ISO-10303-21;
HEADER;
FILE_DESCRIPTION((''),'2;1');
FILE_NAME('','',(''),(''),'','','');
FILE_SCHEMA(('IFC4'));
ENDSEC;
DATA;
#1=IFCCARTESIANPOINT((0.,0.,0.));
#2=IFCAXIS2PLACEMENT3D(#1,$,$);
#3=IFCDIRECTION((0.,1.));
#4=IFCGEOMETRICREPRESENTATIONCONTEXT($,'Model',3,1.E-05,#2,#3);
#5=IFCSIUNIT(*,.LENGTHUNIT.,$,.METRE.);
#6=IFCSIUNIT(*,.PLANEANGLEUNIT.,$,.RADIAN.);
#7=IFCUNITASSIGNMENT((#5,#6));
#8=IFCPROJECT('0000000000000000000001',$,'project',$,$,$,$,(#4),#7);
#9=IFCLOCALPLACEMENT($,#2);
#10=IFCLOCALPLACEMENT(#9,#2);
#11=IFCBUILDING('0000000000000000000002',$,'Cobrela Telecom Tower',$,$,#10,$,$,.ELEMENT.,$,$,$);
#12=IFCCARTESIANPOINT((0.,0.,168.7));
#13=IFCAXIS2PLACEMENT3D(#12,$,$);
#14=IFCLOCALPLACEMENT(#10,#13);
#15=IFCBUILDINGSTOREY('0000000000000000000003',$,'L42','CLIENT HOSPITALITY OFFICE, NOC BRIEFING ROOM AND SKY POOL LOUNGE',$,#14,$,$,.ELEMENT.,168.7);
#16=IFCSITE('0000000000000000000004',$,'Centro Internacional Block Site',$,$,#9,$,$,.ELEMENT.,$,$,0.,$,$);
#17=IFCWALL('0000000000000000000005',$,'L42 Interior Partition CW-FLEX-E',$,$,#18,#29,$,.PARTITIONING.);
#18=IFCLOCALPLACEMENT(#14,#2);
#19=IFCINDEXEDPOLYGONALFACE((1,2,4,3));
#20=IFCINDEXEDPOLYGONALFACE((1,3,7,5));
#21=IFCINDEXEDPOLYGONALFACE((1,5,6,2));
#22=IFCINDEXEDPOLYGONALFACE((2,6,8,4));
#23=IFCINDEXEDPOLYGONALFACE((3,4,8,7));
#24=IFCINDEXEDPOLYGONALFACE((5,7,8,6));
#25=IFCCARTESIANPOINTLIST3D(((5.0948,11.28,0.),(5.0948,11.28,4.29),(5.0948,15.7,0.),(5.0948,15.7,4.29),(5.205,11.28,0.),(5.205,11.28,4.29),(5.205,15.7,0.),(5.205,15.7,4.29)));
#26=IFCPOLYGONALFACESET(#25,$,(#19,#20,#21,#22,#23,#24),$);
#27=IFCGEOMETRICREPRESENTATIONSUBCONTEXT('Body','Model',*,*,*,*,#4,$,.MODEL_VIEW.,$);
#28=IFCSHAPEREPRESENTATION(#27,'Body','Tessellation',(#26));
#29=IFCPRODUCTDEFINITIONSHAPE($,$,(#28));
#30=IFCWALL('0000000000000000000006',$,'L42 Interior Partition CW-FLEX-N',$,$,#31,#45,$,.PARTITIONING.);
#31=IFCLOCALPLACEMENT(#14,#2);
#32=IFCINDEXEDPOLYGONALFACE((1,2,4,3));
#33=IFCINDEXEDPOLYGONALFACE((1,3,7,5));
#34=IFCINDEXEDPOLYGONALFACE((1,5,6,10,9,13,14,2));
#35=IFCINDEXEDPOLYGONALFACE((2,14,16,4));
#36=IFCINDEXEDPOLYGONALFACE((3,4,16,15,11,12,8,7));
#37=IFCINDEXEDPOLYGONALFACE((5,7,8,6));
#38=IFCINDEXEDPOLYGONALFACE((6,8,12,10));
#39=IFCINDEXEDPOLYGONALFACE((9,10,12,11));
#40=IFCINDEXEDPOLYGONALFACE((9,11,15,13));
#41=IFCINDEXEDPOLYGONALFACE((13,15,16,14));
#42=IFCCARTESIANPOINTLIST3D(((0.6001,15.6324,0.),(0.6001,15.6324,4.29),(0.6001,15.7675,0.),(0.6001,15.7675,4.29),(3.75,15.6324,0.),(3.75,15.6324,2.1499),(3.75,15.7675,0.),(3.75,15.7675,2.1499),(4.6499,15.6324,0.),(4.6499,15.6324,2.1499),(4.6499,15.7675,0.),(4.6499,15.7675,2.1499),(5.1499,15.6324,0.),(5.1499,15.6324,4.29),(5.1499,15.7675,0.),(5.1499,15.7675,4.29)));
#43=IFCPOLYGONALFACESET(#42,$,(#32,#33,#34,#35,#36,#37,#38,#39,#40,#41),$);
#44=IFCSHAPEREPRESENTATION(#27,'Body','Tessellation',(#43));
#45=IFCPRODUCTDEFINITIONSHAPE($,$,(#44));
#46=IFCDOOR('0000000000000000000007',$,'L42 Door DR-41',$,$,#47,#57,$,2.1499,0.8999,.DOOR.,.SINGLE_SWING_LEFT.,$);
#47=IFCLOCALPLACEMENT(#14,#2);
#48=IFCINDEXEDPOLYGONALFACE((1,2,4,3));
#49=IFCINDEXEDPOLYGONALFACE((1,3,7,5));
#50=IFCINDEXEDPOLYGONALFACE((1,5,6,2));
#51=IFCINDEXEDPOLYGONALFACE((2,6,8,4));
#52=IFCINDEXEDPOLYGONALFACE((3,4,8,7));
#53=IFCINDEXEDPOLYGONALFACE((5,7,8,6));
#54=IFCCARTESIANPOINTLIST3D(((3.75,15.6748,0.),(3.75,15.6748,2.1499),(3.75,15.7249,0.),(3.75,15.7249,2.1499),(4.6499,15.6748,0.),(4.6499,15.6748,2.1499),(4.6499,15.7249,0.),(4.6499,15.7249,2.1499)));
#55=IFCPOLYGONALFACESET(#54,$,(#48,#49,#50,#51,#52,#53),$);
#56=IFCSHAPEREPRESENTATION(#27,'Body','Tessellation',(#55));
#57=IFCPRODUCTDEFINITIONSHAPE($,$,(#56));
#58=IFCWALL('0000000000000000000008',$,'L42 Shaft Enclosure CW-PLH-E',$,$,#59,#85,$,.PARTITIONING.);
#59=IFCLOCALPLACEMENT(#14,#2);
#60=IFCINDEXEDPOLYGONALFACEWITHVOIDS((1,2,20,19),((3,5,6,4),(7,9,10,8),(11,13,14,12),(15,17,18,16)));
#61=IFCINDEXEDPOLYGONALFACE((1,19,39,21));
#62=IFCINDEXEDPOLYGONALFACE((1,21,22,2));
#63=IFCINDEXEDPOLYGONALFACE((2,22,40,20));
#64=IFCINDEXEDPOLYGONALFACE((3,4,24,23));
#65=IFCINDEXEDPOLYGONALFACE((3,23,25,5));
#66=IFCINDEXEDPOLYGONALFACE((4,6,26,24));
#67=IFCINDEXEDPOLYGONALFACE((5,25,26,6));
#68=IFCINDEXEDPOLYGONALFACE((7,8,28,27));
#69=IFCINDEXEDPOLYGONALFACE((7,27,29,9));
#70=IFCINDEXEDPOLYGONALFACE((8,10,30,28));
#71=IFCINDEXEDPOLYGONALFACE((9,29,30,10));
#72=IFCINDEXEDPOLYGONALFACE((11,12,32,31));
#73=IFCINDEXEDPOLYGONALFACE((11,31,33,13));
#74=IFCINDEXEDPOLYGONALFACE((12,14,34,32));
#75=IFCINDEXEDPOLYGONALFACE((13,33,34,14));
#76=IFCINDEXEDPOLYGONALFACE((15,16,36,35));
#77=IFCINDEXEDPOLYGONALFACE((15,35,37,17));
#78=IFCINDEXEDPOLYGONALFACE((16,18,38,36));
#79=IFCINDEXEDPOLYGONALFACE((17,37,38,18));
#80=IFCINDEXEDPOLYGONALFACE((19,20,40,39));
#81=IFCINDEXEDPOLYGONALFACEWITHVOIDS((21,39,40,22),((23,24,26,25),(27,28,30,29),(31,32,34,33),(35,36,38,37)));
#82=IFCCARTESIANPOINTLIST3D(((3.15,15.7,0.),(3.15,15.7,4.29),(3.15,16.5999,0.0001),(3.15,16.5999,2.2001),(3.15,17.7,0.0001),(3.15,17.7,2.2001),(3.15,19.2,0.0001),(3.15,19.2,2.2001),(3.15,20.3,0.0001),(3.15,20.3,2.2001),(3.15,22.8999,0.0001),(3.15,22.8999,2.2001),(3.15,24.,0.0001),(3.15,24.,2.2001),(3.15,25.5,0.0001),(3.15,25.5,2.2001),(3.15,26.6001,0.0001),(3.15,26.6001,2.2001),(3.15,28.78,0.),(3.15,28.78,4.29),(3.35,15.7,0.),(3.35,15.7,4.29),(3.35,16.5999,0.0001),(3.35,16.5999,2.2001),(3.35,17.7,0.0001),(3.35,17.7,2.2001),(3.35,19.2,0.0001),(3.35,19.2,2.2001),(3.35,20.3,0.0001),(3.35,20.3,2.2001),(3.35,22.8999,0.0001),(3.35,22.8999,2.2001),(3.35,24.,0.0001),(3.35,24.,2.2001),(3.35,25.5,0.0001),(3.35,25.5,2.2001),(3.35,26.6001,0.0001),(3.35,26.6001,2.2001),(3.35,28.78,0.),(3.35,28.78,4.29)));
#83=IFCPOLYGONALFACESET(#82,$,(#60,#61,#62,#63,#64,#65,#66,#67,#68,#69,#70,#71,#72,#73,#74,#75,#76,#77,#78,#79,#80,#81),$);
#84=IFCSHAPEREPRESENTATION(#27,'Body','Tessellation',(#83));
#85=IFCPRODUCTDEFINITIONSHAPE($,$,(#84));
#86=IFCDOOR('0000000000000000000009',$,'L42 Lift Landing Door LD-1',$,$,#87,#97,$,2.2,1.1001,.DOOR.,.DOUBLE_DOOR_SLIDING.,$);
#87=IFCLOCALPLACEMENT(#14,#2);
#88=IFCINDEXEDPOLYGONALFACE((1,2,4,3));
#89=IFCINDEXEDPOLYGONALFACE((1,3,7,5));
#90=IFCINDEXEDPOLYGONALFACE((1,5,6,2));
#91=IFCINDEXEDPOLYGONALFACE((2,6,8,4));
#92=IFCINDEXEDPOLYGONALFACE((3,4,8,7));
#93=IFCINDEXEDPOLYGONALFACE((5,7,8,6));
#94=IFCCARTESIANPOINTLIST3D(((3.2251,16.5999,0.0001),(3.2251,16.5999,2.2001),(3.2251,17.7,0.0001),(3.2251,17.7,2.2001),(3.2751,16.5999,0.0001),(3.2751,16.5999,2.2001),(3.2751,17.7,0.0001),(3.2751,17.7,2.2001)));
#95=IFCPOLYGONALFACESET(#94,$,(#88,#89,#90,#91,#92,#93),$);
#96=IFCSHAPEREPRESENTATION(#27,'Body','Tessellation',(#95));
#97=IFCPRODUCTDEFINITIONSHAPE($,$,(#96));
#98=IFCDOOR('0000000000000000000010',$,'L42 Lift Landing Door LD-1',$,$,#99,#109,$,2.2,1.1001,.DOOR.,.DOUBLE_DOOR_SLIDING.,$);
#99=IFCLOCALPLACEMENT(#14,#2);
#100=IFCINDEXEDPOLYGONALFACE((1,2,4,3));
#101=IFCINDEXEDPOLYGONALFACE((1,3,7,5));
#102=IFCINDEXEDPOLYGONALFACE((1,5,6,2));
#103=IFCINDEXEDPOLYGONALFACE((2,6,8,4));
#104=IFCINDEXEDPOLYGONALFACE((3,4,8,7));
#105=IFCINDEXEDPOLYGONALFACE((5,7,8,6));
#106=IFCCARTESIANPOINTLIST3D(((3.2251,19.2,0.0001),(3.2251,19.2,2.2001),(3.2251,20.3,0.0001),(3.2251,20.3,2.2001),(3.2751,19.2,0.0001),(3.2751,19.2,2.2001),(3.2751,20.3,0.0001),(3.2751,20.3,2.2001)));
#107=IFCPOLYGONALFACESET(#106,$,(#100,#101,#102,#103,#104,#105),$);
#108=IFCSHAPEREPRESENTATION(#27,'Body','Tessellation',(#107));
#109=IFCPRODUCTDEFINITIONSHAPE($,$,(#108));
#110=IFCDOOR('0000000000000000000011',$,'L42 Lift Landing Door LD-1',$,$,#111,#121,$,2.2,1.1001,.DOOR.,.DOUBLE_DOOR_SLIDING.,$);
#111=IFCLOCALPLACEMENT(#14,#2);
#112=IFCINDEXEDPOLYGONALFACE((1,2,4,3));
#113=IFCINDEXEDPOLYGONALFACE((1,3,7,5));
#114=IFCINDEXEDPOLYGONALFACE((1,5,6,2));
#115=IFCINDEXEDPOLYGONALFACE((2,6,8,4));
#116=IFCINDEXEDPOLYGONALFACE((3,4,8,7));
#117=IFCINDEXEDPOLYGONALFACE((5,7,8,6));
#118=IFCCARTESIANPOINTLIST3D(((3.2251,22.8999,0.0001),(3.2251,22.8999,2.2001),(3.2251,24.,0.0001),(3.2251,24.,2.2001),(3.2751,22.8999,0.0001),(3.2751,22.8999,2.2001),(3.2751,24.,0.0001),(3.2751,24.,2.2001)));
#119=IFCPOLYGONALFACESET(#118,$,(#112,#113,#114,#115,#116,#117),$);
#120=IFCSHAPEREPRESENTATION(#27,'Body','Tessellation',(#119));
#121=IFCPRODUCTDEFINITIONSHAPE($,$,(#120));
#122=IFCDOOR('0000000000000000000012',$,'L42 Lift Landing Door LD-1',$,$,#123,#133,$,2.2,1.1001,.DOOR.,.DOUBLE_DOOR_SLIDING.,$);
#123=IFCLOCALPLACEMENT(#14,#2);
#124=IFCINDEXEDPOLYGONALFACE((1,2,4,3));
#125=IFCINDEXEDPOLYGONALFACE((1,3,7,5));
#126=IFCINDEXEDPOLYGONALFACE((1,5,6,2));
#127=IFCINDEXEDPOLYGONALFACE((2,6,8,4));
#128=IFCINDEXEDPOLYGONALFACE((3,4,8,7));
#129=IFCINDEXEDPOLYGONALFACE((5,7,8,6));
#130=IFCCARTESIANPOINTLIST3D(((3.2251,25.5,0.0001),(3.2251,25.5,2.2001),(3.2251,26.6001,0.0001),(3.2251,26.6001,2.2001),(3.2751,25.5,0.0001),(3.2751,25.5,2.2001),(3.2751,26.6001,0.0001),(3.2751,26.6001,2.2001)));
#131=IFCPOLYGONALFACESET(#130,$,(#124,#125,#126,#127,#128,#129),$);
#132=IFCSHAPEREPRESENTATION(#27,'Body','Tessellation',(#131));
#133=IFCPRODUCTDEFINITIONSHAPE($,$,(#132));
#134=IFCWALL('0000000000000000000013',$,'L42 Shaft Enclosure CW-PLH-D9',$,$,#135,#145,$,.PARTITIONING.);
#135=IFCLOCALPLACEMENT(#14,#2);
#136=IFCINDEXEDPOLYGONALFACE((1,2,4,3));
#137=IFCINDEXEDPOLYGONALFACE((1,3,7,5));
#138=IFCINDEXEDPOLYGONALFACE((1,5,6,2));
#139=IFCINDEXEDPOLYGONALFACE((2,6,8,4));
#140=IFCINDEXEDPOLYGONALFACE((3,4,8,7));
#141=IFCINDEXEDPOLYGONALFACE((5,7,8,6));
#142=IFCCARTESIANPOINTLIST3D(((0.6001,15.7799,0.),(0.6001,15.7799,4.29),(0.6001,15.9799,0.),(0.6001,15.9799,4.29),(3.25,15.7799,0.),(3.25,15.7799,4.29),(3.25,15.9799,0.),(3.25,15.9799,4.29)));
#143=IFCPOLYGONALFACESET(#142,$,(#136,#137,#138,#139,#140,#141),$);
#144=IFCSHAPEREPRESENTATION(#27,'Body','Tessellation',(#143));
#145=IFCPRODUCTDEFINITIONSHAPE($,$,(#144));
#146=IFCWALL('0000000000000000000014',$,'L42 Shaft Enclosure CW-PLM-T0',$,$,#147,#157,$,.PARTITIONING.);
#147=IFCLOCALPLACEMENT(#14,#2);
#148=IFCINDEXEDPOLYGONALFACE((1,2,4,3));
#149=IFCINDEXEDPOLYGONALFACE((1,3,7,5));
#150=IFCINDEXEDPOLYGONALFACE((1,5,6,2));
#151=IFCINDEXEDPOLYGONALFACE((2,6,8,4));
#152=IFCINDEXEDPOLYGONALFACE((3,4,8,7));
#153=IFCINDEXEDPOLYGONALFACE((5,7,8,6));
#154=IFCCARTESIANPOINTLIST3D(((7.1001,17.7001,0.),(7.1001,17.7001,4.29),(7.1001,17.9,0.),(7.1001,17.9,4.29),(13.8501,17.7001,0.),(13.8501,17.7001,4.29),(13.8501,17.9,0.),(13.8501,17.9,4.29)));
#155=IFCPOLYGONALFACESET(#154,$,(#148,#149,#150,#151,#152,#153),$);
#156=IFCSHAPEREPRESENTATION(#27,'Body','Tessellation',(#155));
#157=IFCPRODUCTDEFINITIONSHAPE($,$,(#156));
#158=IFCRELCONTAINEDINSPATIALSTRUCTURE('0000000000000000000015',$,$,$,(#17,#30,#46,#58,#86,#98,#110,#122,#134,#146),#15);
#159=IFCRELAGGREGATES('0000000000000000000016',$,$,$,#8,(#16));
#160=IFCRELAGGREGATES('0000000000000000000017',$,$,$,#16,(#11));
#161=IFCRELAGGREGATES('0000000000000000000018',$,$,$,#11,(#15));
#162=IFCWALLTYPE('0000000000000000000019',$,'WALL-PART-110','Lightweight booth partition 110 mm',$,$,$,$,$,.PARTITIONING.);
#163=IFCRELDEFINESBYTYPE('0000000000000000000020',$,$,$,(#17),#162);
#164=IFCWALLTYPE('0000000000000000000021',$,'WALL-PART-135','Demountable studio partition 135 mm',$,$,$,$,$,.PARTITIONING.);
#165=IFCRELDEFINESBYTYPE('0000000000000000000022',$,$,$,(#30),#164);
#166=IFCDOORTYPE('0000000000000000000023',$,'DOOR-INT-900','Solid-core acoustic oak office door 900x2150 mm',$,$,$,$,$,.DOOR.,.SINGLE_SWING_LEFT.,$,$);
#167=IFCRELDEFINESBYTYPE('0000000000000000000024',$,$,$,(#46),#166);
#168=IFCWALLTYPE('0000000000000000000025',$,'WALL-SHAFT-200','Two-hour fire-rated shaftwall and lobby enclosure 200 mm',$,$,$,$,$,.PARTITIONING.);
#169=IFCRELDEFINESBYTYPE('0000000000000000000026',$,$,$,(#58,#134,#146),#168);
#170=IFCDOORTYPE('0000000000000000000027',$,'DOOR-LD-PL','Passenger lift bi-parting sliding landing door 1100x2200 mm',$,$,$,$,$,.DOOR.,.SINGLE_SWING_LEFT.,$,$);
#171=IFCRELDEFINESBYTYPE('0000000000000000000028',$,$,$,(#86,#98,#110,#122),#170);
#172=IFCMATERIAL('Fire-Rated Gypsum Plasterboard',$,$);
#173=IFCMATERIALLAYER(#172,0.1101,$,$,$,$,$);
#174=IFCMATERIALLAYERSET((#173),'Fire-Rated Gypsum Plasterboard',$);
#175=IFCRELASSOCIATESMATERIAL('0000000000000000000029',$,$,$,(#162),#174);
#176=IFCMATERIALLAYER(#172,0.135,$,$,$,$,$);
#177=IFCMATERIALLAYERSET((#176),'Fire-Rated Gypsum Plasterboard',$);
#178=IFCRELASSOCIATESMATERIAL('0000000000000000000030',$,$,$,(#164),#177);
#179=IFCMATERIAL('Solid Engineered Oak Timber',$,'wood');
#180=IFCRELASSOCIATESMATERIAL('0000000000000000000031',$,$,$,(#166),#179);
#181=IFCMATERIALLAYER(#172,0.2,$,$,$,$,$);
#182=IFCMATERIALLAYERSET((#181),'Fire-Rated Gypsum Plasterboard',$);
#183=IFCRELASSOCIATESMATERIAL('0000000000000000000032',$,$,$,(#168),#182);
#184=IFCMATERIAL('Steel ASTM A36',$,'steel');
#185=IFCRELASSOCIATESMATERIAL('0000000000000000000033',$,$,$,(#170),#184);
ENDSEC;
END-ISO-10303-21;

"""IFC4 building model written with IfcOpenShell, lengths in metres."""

from ifc_helpers import new_model, si_unit, direction, frame, frame_2d, origin, place, context, subcontext, project, spatial, rectangle, extrude, material, layer, layer_set, type_object, element, fill, save


model = new_model("IFC4")

# Units and contexts
model_context = context("Model", 3, precision=1e-05, world=origin(), true_north=direction((0.0, 1.0)))
body_context = subcontext(model_context, "Body", "Model", "MODEL_VIEW")
ifc_project = project(units=[si_unit("LENGTHUNIT", "METRE"), si_unit("PLANEANGLEUNIT", "RADIAN")], contexts=[model_context])

# Site, building, storey
site_placement = place(None, origin())
site = spatial("IfcSite", under=ifc_project, at=site_placement, Name="Centro Internacional Block Site", CompositionType="ELEMENT", RefElevation=0.0)
building_placement = place(site_placement, origin())
building = spatial("IfcBuilding", under=site, at=building_placement, Name="Cobrela Telecom Tower", CompositionType="ELEMENT")
storey_placement = place(building_placement, frame((0.0, 0.0, 168.7)))
storey = spatial("IfcBuildingStorey", under=building, at=storey_placement, Name="L42", Description="CLIENT HOSPITALITY OFFICE, NOC BRIEFING ROOM AND SKY POOL LOUNGE", CompositionType="ELEMENT", Elevation=168.7)

# Wall
ifc_material_1 = material(Name="Fire-Rated Gypsum Plasterboard")
ifc_layer_1 = layer(ifc_material_1, 0.1101)
ifc_layer_set_1 = layer_set([ifc_layer_1], Name="Fire-Rated Gypsum Plasterboard")
wall_type_1 = type_object("IfcWallType", Name="WALL-PART-110", Description="Lightweight booth partition 110 mm", PredefinedType="PARTITIONING", material=ifc_layer_set_1)
wall_1_placement = place(storey_placement, frame((5.1499, 11.28, 0.0), z_axis=(0.0, 0.0, 1.0), x_axis=(0.0, 1.0, 0.0)))
element("IfcWall", 1, at=wall_1_placement, inside=storey, type_object=wall_type_1, Name="L42 Interior Partition CW-FLEX-E", PredefinedType="PARTITIONING", context=body_context, shape_type="SweptSolid", body=[
    extrude(rectangle(XDim=4.4199, YDim=0.1101, at=frame_2d((2.21, 0.0))), origin(), (0.0, 0.0, 1.0), 4.29),
])

# Wall, opening, door
ifc_layer_2 = layer(ifc_material_1, 0.135)
ifc_layer_set_2 = layer_set([ifc_layer_2], Name="Fire-Rated Gypsum Plasterboard")
wall_type_2 = type_object("IfcWallType", Name="WALL-PART-135", Description="Demountable studio partition 135 mm", PredefinedType="PARTITIONING", material=ifc_layer_set_2)
wall_2_placement = place(storey_placement, frame((0.6001, 15.7, 0.0), z_axis=(0.0, 0.0, 1.0), x_axis=(1.0, 0.0, 0.0)))
wall_2 = element("IfcWall", 2, at=wall_2_placement, inside=storey, type_object=wall_type_2, Name="L42 Interior Partition CW-FLEX-N", PredefinedType="PARTITIONING", context=body_context, shape_type="SweptSolid", body=[
    extrude(rectangle(XDim=4.5498, YDim=0.135, at=frame_2d((2.2749, 0.0))), origin(), (0.0, 0.0, 1.0), 4.29),
])
opening_1_placement = place(wall_2_placement, frame((3.1499, 0.0, 0.0)))
opening_1 = element("IfcOpeningElement", 3, at=opening_1_placement, cuts=wall_2, PredefinedType="OPENING", context=body_context, shape_type="SweptSolid", body=[
    extrude(rectangle(XDim=0.8999, YDim=2.1499, at=frame_2d((0.45, 1.075))), frame((0.0, 0.0796, 0.0), z_axis=(0.0, -1.0, 0.0), x_axis=(1.0, 0.0, 0.0)), (0.0, 0.0, 1.0), 0.1589),
])
ifc_material_2 = material(Name="Solid Engineered Oak Timber", Category="wood")
door_type_1 = type_object("IfcDoorType", Name="DOOR-INT-900", Description="Solid-core acoustic oak office door 900x2150 mm", OperationType="SINGLE_SWING_LEFT", PredefinedType="DOOR", material=ifc_material_2)
door_1_placement = place(opening_1_placement, origin())
door_1 = element("IfcDoor", 4, at=door_1_placement, inside=storey, type_object=door_type_1, Name="L42 Door DR-41", OperationType="SINGLE_SWING_LEFT", OverallHeight=2.1499, OverallWidth=0.8999, PredefinedType="DOOR", context=body_context, shape_type="SweptSolid", body=[
    extrude(rectangle(XDim=0.8999, YDim=2.1499, at=frame_2d((0.45, 1.075))), frame((0.0, 0.0249, 0.0), z_axis=(0.0, -1.0, 0.0), x_axis=(1.0, 0.0, 0.0)), (0.0, 0.0, 1.0), 0.05),
])
fill(opening_1, door_1)

# Wall, openings, doors
ifc_layer_3 = layer(ifc_material_1, 0.2)
ifc_layer_set_3 = layer_set([ifc_layer_3], Name="Fire-Rated Gypsum Plasterboard")
wall_type_3 = type_object("IfcWallType", Name="WALL-SHAFT-200", Description="Two-hour fire-rated shaftwall and lobby enclosure 200 mm", PredefinedType="PARTITIONING", material=ifc_layer_set_3)
wall_3_placement = place(storey_placement, frame((3.25, 15.7, 0.0), z_axis=(0.0, 0.0, 1.0), x_axis=(0.0, 1.0, 0.0)))
wall_3 = element("IfcWall", 5, at=wall_3_placement, inside=storey, type_object=wall_type_3, Name="L42 Shaft Enclosure CW-PLH-E", PredefinedType="PARTITIONING", context=body_context, shape_type="SweptSolid", body=[
    extrude(rectangle(XDim=13.0801, YDim=0.2, at=frame_2d((6.54, 0.0))), origin(), (0.0, 0.0, 1.0), 4.29),
])
opening_2_placement = place(wall_3_placement, frame((0.8999, 0.0, 0.0)))
opening_2 = element("IfcOpeningElement", 6, at=opening_2_placement, cuts=wall_3, PredefinedType="OPENING", context=body_context, shape_type="SweptSolid", body=[
    extrude(rectangle(XDim=1.1001, YDim=2.2, at=frame_2d((0.55, 1.1001))), frame((0.0, 0.1118, 0.0), z_axis=(0.0, -1.0, 0.0), x_axis=(1.0, 0.0, 0.0)), (0.0, 0.0, 1.0), 0.2239),
])
opening_3_placement = place(wall_3_placement, frame((3.5, 0.0, 0.0)))
opening_3 = element("IfcOpeningElement", 7, at=opening_3_placement, cuts=wall_3, PredefinedType="OPENING", context=body_context, shape_type="SweptSolid", body=[
    extrude(rectangle(XDim=1.1001, YDim=2.2, at=frame_2d((0.55, 1.1001))), frame((0.0, 0.1118, 0.0), z_axis=(0.0, -1.0, 0.0), x_axis=(1.0, 0.0, 0.0)), (0.0, 0.0, 1.0), 0.2239),
])
opening_4_placement = place(wall_3_placement, frame((7.2, 0.0, 0.0)))
opening_4 = element("IfcOpeningElement", 8, at=opening_4_placement, cuts=wall_3, PredefinedType="OPENING", context=body_context, shape_type="SweptSolid", body=[
    extrude(rectangle(XDim=1.1001, YDim=2.2, at=frame_2d((0.55, 1.1001))), frame((0.0, 0.1118, 0.0), z_axis=(0.0, -1.0, 0.0), x_axis=(1.0, 0.0, 0.0)), (0.0, 0.0, 1.0), 0.2239),
])
opening_5_placement = place(wall_3_placement, frame((9.8, 0.0, 0.0)))
opening_5 = element("IfcOpeningElement", 9, at=opening_5_placement, cuts=wall_3, PredefinedType="OPENING", context=body_context, shape_type="SweptSolid", body=[
    extrude(rectangle(XDim=1.1001, YDim=2.2, at=frame_2d((0.55, 1.1001))), frame((0.0, 0.1118, 0.0), z_axis=(0.0, -1.0, 0.0), x_axis=(1.0, 0.0, 0.0)), (0.0, 0.0, 1.0), 0.2239),
])
ifc_material_3 = material(Name="Steel ASTM A36", Category="steel")
door_type_2 = type_object("IfcDoorType", Name="DOOR-LD-PL", Description="Passenger lift bi-parting sliding landing door 1100x2200 mm", OperationType="SINGLE_SWING_LEFT", PredefinedType="DOOR", material=ifc_material_3)
door_2_placement = place(opening_2_placement, origin())
door_2 = element("IfcDoor", 10, at=door_2_placement, inside=storey, type_object=door_type_2, Name="L42 Lift Landing Door LD-1", OperationType="DOUBLE_DOOR_SLIDING", OverallHeight=2.2, OverallWidth=1.1001, PredefinedType="DOOR", context=body_context, shape_type="SweptSolid", body=[
    extrude(rectangle(XDim=1.1001, YDim=2.2, at=frame_2d((0.55, 1.1001))), frame((0.0, 0.0249, 0.0), z_axis=(0.0, -1.0, 0.0), x_axis=(1.0, 0.0, 0.0)), (0.0, 0.0, 1.0), 0.05),
])
fill(opening_2, door_2)
door_3_placement = place(opening_3_placement, origin())
door_3 = element("IfcDoor", 11, at=door_3_placement, inside=storey, type_object=door_type_2, Name="L42 Lift Landing Door LD-1", OperationType="DOUBLE_DOOR_SLIDING", OverallHeight=2.2, OverallWidth=1.1001, PredefinedType="DOOR", context=body_context, shape_type="SweptSolid", body=[
    extrude(rectangle(XDim=1.1001, YDim=2.2, at=frame_2d((0.55, 1.1001))), frame((0.0, 0.0249, 0.0), z_axis=(0.0, -1.0, 0.0), x_axis=(1.0, 0.0, 0.0)), (0.0, 0.0, 1.0), 0.05),
])
fill(opening_3, door_3)
door_4_placement = place(opening_4_placement, origin())
door_4 = element("IfcDoor", 12, at=door_4_placement, inside=storey, type_object=door_type_2, Name="L42 Lift Landing Door LD-1", OperationType="DOUBLE_DOOR_SLIDING", OverallHeight=2.2, OverallWidth=1.1001, PredefinedType="DOOR", context=body_context, shape_type="SweptSolid", body=[
    extrude(rectangle(XDim=1.1001, YDim=2.2, at=frame_2d((0.55, 1.1001))), frame((0.0, 0.0249, 0.0), z_axis=(0.0, -1.0, 0.0), x_axis=(1.0, 0.0, 0.0)), (0.0, 0.0, 1.0), 0.05),
])
fill(opening_4, door_4)
door_5_placement = place(opening_5_placement, origin())
door_5 = element("IfcDoor", 13, at=door_5_placement, inside=storey, type_object=door_type_2, Name="L42 Lift Landing Door LD-1", OperationType="DOUBLE_DOOR_SLIDING", OverallHeight=2.2, OverallWidth=1.1001, PredefinedType="DOOR", context=body_context, shape_type="SweptSolid", body=[
    extrude(rectangle(XDim=1.1001, YDim=2.2, at=frame_2d((0.55, 1.1001))), frame((0.0, 0.0249, 0.0), z_axis=(0.0, -1.0, 0.0), x_axis=(1.0, 0.0, 0.0)), (0.0, 0.0, 1.0), 0.05),
])
fill(opening_5, door_5)

# Walls
wall_4_placement = place(storey_placement, frame((0.6001, 15.8799, 0.0), z_axis=(0.0, 0.0, 1.0), x_axis=(1.0, 0.0, 0.0)))
element("IfcWall", 14, at=wall_4_placement, inside=storey, type_object=wall_type_3, Name="L42 Shaft Enclosure CW-PLH-D9", PredefinedType="PARTITIONING", context=body_context, shape_type="SweptSolid", body=[
    extrude(rectangle(XDim=2.6499, YDim=0.2, at=frame_2d((1.325, 0.0))), origin(), (0.0, 0.0, 1.0), 4.29),
])
wall_5_placement = place(storey_placement, frame((7.1001, 17.8, 0.0), z_axis=(0.0, 0.0, 1.0), x_axis=(1.0, 0.0, 0.0)))
element("IfcWall", 15, at=wall_5_placement, inside=storey, type_object=wall_type_3, Name="L42 Shaft Enclosure CW-PLM-T0", PredefinedType="PARTITIONING", context=body_context, shape_type="SweptSolid", body=[
    extrude(rectangle(XDim=6.75, YDim=0.2, at=frame_2d((3.375, 0.0))), origin(), (0.0, 0.0, 1.0), 4.29),
])

save(model, "model.ifc")
